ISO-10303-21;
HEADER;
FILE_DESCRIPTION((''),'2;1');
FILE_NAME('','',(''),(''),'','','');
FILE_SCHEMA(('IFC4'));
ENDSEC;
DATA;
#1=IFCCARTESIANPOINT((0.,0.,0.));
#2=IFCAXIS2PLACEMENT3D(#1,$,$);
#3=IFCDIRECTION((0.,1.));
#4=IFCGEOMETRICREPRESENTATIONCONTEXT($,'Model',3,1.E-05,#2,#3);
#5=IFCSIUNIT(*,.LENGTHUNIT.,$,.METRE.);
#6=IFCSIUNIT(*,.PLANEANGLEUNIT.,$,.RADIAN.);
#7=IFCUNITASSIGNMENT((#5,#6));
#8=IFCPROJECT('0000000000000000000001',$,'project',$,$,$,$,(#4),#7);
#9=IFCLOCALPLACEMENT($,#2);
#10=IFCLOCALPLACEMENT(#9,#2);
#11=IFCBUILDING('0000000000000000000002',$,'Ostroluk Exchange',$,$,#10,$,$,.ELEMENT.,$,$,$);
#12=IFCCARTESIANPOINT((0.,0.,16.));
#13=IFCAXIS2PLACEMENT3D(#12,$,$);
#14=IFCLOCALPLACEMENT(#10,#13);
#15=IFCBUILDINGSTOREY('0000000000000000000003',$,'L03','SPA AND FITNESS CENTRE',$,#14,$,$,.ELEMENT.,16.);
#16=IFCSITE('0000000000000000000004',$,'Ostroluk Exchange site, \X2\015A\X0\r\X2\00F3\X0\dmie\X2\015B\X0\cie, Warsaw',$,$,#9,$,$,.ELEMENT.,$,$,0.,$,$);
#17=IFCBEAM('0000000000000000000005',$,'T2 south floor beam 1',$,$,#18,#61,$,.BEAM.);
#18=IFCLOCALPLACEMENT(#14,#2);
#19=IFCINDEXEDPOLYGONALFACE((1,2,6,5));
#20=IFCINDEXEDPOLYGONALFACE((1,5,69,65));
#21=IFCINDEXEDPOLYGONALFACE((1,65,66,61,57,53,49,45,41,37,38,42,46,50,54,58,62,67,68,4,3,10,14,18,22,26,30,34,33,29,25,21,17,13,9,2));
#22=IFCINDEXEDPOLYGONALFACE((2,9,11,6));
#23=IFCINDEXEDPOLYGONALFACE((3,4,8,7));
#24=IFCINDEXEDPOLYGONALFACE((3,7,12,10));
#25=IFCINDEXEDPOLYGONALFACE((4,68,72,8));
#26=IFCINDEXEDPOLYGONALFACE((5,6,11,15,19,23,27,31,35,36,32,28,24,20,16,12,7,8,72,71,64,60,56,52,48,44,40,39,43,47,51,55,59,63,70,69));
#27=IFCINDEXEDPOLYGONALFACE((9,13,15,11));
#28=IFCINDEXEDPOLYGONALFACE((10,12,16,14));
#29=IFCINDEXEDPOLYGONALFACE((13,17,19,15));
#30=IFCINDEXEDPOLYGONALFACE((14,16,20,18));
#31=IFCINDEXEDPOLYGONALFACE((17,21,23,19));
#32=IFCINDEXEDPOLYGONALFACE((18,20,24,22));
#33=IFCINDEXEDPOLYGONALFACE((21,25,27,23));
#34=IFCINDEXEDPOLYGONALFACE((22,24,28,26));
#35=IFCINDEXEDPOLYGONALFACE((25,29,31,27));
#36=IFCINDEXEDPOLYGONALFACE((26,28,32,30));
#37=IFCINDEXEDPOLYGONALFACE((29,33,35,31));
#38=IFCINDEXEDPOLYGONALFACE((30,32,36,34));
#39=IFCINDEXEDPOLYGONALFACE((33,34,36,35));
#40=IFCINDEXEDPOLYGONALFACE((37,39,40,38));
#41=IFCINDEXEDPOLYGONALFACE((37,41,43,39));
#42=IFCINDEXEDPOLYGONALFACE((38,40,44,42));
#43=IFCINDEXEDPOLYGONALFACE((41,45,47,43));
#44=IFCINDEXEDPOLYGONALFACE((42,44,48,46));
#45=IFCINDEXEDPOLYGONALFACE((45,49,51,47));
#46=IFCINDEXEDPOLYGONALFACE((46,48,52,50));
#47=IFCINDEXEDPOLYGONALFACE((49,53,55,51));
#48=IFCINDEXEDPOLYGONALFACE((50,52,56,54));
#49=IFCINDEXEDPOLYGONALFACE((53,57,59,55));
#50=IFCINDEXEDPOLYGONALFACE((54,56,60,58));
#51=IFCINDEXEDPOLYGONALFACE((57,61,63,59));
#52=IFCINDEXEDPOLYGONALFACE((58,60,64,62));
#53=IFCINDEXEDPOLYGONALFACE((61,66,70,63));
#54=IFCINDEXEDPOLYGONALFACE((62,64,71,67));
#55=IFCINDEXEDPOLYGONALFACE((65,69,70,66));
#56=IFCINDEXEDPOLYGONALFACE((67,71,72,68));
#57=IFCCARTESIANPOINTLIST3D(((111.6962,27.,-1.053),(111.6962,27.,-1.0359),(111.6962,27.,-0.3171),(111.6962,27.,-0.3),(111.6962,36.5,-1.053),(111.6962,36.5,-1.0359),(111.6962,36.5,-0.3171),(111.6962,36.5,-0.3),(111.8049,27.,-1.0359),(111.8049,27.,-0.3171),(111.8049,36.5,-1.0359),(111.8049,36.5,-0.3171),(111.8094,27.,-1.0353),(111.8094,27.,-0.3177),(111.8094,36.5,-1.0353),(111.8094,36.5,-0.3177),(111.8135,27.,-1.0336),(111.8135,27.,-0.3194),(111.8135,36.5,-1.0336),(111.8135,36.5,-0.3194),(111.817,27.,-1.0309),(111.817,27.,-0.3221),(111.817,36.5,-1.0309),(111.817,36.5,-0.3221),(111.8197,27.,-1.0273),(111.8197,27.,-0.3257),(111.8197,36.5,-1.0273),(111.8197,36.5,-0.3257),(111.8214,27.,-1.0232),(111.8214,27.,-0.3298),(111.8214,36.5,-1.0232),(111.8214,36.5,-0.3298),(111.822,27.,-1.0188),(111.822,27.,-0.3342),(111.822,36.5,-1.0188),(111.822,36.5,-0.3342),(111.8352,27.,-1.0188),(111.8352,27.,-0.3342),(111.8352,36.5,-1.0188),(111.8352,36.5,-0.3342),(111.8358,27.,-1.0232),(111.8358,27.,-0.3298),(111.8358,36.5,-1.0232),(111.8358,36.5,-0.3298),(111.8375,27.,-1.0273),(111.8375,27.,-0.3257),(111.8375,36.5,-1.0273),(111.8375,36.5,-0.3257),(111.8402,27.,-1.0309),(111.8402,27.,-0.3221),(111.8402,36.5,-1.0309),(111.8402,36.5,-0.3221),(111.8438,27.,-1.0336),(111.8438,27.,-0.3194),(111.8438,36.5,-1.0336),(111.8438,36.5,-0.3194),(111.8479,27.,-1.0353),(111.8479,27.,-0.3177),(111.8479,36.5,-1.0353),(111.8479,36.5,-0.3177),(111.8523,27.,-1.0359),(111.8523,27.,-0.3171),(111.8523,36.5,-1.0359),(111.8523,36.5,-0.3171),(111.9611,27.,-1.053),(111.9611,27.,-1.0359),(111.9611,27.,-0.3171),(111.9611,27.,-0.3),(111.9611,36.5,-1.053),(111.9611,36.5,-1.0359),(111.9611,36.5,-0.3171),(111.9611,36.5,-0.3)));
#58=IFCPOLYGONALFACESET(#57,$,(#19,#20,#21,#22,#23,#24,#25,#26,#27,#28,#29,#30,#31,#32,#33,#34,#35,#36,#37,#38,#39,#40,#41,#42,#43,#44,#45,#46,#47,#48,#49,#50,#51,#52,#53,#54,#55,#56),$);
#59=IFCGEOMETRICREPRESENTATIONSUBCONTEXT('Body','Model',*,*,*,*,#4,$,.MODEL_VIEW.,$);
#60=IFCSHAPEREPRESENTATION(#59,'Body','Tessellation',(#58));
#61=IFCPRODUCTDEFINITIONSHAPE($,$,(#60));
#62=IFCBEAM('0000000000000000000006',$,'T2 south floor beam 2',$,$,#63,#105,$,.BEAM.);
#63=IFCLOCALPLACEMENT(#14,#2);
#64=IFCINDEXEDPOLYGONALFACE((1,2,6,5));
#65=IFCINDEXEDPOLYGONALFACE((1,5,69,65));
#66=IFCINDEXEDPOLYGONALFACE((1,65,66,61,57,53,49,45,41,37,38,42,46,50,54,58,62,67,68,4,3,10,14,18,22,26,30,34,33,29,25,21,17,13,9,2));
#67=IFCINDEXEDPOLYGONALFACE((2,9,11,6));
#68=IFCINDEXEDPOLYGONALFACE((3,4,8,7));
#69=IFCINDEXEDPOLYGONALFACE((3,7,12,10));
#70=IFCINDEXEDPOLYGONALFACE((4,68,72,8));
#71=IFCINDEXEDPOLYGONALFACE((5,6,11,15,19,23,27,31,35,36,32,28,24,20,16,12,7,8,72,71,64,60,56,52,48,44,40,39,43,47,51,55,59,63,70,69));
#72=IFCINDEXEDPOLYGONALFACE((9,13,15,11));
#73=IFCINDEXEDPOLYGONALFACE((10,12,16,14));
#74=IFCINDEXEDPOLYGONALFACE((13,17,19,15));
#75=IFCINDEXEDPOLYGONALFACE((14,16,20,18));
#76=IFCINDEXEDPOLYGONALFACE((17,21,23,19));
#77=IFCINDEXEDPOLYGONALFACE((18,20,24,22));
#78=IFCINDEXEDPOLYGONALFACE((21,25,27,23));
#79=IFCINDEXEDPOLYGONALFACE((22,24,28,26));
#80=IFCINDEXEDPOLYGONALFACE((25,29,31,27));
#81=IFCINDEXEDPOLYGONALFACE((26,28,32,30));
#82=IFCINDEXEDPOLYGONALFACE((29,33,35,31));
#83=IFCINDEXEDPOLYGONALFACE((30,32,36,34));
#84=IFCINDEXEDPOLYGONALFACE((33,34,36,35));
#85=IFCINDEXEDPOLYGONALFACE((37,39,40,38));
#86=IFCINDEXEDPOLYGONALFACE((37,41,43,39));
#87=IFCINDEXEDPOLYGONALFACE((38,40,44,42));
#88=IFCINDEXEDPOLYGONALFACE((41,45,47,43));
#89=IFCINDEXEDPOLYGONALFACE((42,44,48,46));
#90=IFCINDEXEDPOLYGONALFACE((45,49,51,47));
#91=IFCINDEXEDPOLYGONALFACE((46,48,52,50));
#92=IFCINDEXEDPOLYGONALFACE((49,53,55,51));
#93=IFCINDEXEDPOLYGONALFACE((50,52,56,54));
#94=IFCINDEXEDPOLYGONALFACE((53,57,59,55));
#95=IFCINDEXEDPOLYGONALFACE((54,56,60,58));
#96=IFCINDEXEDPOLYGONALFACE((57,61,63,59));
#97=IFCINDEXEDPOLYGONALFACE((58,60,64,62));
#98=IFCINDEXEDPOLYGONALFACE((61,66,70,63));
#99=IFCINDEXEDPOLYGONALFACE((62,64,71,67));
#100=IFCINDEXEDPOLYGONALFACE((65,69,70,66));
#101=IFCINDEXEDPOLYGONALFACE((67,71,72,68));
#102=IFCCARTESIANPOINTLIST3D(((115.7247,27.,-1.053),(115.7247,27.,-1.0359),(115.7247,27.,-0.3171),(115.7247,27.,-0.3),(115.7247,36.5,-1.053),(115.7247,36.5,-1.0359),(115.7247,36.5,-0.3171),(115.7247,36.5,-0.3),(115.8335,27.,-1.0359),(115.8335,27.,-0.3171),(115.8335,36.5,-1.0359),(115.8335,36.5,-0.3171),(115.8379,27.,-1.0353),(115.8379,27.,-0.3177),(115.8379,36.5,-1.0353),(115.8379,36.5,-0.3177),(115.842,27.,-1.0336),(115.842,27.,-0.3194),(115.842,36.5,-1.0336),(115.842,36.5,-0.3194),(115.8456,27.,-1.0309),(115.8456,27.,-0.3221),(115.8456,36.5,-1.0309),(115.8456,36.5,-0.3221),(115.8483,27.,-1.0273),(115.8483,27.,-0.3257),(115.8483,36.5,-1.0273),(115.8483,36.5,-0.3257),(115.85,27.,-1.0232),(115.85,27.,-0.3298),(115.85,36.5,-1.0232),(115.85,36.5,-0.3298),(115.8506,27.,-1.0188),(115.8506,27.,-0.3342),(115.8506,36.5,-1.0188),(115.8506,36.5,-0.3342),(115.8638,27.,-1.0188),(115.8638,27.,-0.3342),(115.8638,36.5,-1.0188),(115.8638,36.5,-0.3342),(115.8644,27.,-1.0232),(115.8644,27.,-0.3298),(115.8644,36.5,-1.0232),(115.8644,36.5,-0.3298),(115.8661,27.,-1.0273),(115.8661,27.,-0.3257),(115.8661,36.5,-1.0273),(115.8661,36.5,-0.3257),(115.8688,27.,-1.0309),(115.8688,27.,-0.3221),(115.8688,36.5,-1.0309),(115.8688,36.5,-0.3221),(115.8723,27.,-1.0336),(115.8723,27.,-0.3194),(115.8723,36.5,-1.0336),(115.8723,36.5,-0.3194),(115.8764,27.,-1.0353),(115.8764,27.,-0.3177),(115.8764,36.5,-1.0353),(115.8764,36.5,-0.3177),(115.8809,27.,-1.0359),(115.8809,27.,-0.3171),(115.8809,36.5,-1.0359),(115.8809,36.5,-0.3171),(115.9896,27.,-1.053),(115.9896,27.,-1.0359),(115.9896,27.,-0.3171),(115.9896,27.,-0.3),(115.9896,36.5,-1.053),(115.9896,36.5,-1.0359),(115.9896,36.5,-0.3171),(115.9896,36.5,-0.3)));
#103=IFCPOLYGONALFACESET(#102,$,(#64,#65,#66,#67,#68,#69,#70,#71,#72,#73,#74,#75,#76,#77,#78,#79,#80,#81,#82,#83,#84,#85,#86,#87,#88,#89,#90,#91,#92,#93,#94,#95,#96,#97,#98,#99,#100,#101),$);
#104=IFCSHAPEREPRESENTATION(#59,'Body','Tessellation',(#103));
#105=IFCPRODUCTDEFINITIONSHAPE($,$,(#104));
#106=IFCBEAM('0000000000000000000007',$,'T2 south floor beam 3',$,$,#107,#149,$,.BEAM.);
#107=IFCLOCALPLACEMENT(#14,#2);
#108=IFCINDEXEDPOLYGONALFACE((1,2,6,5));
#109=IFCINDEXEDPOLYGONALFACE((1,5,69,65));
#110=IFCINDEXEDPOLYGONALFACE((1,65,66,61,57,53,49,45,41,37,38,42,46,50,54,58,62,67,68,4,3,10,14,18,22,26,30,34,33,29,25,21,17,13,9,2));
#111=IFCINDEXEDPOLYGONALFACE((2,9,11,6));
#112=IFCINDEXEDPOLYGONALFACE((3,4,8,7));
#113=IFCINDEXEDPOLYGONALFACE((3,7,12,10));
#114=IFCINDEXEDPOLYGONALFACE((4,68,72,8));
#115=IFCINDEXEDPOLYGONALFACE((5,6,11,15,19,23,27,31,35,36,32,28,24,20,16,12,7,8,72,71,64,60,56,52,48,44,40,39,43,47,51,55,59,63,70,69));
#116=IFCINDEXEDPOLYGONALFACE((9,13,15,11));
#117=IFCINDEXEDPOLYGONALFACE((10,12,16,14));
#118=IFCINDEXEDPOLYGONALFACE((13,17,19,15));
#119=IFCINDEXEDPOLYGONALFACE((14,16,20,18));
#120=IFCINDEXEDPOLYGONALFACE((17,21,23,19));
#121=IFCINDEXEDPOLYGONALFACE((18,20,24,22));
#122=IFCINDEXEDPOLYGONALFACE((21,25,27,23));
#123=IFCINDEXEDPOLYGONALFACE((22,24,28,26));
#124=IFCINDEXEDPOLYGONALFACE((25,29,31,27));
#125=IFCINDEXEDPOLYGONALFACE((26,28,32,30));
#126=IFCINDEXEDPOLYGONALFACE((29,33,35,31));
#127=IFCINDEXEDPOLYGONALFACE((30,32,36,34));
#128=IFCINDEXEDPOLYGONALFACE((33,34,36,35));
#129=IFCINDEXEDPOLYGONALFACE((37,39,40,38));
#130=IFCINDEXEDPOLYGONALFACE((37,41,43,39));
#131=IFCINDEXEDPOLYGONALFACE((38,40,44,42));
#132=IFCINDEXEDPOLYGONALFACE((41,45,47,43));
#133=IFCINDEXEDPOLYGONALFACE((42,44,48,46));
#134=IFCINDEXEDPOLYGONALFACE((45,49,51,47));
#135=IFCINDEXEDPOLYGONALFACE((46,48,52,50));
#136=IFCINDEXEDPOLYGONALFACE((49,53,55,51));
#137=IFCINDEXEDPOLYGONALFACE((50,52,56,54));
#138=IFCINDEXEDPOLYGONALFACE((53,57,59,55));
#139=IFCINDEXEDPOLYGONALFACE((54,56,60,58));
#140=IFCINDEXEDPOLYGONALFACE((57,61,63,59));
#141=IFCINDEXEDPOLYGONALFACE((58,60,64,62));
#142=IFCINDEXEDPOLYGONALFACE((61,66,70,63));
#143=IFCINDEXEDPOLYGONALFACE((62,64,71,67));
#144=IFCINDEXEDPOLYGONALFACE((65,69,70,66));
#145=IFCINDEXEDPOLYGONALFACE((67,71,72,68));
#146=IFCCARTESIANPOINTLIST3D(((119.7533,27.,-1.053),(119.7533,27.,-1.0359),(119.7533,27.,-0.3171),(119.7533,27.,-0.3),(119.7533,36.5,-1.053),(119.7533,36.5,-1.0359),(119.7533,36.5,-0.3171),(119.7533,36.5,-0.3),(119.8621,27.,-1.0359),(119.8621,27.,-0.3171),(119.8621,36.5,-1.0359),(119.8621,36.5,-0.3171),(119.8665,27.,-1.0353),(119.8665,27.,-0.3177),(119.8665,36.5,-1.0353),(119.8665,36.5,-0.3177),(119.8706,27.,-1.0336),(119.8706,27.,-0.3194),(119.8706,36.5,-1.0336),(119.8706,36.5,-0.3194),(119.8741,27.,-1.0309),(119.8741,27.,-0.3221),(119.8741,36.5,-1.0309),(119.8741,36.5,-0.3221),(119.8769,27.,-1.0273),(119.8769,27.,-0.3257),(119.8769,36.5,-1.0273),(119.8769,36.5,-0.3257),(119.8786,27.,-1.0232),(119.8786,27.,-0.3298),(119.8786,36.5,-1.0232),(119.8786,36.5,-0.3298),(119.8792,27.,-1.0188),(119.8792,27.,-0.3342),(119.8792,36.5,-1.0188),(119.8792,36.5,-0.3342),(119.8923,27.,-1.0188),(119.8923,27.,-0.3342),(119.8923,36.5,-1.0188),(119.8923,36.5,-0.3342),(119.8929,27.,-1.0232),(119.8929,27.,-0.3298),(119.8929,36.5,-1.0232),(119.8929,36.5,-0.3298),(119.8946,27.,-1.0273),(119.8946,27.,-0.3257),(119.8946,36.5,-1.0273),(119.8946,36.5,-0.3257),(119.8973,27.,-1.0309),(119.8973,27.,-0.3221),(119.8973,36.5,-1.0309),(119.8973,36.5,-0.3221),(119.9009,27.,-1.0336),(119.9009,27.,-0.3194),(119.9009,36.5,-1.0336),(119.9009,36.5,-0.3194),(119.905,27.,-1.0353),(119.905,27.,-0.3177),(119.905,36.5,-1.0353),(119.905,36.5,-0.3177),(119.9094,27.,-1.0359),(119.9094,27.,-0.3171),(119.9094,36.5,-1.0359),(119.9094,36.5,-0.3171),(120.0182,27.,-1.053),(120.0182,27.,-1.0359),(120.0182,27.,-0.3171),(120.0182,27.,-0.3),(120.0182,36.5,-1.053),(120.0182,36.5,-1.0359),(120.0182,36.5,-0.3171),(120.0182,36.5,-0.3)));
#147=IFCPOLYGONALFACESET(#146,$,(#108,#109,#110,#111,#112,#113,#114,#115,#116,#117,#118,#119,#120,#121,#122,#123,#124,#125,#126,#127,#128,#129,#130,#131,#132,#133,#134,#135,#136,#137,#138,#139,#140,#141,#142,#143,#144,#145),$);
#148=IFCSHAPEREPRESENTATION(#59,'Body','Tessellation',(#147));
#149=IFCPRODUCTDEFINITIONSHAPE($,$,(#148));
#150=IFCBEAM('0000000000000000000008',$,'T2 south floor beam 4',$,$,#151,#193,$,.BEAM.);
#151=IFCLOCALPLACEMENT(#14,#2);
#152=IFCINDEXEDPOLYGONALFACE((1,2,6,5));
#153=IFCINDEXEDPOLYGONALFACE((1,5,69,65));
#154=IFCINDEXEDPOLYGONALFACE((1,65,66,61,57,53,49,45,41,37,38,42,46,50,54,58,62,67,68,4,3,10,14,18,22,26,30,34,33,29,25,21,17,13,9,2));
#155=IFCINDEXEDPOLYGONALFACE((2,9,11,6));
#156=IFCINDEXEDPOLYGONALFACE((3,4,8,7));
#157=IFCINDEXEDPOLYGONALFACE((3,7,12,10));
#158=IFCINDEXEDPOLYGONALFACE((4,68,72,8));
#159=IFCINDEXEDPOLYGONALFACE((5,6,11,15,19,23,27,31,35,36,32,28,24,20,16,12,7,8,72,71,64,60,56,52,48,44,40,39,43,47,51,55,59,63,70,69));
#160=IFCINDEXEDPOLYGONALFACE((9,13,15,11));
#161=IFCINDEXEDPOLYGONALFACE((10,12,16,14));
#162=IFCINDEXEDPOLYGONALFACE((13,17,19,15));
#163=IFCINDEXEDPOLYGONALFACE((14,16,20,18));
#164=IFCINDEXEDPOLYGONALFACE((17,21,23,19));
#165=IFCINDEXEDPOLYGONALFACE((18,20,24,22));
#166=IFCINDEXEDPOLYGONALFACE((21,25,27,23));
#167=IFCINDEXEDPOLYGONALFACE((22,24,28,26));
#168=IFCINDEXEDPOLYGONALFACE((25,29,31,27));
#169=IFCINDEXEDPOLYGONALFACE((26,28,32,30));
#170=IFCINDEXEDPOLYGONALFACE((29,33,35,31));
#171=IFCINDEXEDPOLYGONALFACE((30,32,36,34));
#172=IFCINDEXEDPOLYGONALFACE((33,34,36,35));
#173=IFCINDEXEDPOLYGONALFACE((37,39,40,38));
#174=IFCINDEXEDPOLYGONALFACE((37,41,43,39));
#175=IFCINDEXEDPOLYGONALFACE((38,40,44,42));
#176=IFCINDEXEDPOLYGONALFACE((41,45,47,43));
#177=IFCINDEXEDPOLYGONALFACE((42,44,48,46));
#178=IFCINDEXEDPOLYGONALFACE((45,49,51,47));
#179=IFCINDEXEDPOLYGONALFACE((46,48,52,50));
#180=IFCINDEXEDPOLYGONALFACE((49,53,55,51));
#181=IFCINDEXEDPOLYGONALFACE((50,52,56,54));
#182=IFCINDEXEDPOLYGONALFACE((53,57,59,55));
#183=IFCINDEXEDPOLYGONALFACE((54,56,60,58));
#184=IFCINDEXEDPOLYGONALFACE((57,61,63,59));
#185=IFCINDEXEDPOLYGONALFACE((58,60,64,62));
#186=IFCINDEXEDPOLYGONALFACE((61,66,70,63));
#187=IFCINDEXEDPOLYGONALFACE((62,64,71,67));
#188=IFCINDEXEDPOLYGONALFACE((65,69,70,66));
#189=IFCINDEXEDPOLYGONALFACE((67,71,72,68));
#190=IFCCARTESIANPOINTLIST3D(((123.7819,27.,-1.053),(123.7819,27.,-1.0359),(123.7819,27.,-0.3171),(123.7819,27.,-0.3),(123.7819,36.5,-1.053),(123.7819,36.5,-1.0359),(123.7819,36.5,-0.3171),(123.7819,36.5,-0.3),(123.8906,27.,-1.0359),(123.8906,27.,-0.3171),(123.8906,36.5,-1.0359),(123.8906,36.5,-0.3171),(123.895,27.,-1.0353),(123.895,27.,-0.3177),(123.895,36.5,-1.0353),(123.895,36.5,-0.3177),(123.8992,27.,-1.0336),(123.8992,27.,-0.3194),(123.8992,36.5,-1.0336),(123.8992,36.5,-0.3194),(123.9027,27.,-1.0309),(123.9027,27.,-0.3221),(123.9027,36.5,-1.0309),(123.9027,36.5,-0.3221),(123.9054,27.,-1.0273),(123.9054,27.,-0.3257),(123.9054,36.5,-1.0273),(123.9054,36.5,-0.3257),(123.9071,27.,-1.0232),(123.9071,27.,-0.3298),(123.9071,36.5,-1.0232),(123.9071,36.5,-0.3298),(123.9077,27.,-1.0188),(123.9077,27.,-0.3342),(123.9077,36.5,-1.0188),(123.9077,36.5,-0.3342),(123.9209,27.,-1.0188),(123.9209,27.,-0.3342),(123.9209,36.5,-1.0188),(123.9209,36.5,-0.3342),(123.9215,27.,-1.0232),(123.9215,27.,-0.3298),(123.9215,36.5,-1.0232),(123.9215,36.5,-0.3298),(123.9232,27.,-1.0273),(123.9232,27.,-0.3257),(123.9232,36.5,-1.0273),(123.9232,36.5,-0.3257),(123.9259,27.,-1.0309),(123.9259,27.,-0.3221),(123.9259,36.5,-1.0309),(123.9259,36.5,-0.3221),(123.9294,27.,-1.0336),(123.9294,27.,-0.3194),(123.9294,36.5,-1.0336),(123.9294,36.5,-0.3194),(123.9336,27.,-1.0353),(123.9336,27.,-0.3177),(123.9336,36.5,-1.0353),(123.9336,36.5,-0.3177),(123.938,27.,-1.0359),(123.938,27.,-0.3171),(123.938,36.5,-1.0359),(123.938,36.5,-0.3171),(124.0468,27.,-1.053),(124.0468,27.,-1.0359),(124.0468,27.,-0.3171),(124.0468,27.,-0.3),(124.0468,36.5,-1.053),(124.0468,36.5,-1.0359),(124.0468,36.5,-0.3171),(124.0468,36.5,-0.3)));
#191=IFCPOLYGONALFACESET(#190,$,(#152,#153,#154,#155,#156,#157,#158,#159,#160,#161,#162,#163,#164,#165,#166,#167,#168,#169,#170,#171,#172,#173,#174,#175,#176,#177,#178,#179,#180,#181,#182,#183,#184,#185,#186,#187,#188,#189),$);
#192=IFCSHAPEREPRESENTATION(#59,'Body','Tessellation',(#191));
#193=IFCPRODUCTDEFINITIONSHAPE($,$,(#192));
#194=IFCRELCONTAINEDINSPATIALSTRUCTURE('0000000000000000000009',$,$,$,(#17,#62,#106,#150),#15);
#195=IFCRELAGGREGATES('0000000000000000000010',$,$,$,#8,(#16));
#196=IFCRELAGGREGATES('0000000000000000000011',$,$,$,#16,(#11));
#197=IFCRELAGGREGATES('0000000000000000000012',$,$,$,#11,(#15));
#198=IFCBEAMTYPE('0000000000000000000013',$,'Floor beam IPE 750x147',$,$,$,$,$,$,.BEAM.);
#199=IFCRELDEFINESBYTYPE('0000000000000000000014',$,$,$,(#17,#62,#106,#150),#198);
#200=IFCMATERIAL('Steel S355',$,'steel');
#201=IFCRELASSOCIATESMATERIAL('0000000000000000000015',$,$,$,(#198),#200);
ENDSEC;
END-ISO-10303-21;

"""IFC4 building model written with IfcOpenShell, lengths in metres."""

from ifc_helpers import new_model, si_unit, direction, frame, origin, origin_2d, place, context, subcontext, project, spatial, i_section, extrude, material, material_profile, profile_set, type_object, element, save


model = new_model("IFC4")

# Units and contexts
model_context = context("Model", 3, precision=1e-05, world=origin(), true_north=direction((0.0, 1.0)))
body_context = subcontext(model_context, "Body", "Model", "MODEL_VIEW")
ifc_project = project(units=[si_unit("LENGTHUNIT", "METRE"), si_unit("PLANEANGLEUNIT", "RADIAN")], contexts=[model_context])

# Site, building, storey
site_placement = place(None, origin())
site = spatial("IfcSite", under=ifc_project, at=site_placement, Name="Ostroluk Exchange site, Śródmieście, Warsaw", CompositionType="ELEMENT", RefElevation=0.0)
building_placement = place(site_placement, origin())
building = spatial("IfcBuilding", under=site, at=building_placement, Name="Ostroluk Exchange", CompositionType="ELEMENT")
storey_placement = place(building_placement, frame((0.0, 0.0, 16.0)))
storey = spatial("IfcBuildingStorey", under=building, at=storey_placement, Name="L03", Description="SPA AND FITNESS CENTRE", CompositionType="ELEMENT", Elevation=16.0)

# Beams
ifc_material_1 = material(Name="Steel S355", Category="steel")
ifc_material_profile_1 = material_profile(ifc_material_1, i_section(OverallWidth=0.2649, OverallDepth=0.7529, WebThickness=0.0132, FlangeThickness=0.0171, FilletRadius=0.0171, at=origin_2d()), Name="IPE 750x147")
ifc_profile_set_1 = profile_set([ifc_material_profile_1], Name="Steel S355")
beam_type_1 = type_object("IfcBeamType", Name="Floor beam IPE 750x147", PredefinedType="BEAM", material=ifc_profile_set_1)
for number, where, z_axis, x_axis, name in (
    (1, (111.8286, 36.5, -0.6765), (0.0, -1.0, 0.0), (1.0, 0.0, 0.0), "T2 south floor beam 1"),
    (2, (115.8572, 36.5, -0.6765), (0.0, -1.0, 0.0), (1.0, 0.0, 0.0), "T2 south floor beam 2"),
    (3, (119.8857, 36.5, -0.6765), (0.0, -1.0, 0.0), (1.0, 0.0, 0.0), "T2 south floor beam 3"),
    (4, (123.9143, 36.5, -0.6765), (0.0, -1.0, 0.0), (1.0, 0.0, 0.0), "T2 south floor beam 4"),
):
    element("IfcBeam", number, at=place(storey_placement, frame(where, z_axis=z_axis, x_axis=x_axis)), inside=storey, type_object=beam_type_1, Name=name, PredefinedType="BEAM", context=body_context, shape_type="SweptSolid", body=[
        extrude(i_section(OverallWidth=0.2649, OverallDepth=0.7529, WebThickness=0.0132, FlangeThickness=0.0171, FilletRadius=0.0171, at=origin_2d()), origin(), (0.0, 0.0, 1.0), 9.5),
    ])

save(model, "model.ifc")
